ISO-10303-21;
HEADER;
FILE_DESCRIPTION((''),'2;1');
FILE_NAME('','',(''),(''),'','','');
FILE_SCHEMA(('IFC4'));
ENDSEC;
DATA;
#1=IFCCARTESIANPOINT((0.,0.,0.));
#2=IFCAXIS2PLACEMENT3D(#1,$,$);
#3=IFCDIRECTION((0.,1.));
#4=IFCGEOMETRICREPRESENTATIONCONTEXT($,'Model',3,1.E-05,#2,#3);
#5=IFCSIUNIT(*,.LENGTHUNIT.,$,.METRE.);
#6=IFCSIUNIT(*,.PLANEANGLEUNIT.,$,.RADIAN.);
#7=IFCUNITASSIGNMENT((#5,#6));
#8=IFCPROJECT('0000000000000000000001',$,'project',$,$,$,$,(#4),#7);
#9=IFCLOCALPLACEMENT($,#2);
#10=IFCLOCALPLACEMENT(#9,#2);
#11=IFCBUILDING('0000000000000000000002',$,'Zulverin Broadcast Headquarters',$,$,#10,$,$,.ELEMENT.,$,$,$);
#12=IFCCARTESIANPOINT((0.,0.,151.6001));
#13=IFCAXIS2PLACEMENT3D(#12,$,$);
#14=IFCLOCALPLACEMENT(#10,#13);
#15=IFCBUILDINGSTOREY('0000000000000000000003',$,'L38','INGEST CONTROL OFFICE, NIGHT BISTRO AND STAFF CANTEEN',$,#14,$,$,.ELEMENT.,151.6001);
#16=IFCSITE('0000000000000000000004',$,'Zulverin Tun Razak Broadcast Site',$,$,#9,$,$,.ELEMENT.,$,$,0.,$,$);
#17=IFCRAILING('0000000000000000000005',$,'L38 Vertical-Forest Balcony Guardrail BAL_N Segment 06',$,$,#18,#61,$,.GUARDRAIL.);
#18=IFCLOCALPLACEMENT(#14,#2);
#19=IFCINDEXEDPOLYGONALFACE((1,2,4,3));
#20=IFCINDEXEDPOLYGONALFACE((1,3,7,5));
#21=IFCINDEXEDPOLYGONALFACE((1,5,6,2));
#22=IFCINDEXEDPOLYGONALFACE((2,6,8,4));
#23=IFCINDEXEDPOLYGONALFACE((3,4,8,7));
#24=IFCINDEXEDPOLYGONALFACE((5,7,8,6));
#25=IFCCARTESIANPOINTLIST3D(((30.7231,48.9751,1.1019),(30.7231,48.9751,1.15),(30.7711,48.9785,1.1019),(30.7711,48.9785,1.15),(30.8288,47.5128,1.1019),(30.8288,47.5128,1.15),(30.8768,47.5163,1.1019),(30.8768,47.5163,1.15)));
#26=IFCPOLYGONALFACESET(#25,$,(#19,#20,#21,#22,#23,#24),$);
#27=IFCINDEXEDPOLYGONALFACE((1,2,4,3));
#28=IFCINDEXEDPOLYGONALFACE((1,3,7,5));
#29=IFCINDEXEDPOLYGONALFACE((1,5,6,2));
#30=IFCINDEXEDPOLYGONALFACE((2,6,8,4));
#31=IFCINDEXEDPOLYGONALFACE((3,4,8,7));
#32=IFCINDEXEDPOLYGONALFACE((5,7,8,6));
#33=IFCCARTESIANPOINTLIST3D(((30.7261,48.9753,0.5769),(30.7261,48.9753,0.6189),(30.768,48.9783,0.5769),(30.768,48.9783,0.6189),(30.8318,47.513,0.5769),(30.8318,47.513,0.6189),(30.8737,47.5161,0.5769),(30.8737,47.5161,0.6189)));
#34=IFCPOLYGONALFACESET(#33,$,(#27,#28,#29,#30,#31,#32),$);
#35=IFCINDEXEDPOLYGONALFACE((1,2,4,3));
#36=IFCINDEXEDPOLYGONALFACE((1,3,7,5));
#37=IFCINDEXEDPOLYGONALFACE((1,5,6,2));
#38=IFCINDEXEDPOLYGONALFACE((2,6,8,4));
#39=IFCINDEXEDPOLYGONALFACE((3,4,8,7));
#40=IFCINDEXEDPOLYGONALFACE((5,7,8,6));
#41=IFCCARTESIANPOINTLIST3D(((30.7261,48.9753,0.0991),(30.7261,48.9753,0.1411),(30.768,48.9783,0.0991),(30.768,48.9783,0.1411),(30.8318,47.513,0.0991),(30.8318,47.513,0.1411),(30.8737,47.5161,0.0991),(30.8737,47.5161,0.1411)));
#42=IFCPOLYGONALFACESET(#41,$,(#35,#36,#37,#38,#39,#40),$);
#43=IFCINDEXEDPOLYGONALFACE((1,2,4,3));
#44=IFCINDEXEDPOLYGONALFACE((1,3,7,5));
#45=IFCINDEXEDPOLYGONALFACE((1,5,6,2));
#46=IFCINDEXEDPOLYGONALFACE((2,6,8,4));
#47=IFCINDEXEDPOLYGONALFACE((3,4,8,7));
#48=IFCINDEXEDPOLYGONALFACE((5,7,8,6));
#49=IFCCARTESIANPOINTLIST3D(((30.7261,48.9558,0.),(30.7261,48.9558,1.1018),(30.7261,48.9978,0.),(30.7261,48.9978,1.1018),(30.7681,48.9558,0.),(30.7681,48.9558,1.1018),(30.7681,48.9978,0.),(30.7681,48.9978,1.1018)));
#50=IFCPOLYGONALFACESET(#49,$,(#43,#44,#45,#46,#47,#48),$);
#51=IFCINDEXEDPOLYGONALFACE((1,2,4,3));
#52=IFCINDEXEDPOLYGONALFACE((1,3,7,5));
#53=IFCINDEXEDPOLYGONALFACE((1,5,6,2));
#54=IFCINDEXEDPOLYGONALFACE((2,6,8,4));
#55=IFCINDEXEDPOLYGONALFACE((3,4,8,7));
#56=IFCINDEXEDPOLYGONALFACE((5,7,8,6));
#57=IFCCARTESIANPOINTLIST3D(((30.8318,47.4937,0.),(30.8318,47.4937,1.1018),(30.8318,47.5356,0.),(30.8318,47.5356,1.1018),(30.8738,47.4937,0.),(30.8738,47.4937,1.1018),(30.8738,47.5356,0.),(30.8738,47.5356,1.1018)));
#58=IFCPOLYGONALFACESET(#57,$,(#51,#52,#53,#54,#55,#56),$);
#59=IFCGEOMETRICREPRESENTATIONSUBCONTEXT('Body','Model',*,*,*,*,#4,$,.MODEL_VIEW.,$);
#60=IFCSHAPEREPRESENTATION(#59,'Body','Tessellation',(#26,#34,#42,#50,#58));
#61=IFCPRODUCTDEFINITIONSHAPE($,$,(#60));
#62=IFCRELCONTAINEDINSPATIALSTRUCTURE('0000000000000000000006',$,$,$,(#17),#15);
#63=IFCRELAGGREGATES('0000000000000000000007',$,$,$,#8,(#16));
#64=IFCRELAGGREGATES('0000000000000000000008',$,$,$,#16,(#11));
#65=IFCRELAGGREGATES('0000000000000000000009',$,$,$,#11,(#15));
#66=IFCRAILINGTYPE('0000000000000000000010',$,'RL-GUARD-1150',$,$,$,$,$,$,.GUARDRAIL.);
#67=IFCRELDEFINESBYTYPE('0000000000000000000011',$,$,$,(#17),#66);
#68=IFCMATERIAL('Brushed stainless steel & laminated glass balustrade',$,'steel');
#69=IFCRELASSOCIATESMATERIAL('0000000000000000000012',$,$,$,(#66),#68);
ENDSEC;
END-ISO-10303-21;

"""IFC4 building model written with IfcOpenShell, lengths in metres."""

from ifc_helpers import new_model, si_unit, direction, frame, origin, origin_2d, place, context, subcontext, project, spatial, rectangle, extrude, material, type_object, element, save


model = new_model("IFC4")

# Units and contexts
model_context = context("Model", 3, precision=1e-05, world=origin(), true_north=direction((0.0, 1.0)))
body_context = subcontext(model_context, "Body", "Model", "MODEL_VIEW")
ifc_project = project(units=[si_unit("LENGTHUNIT", "METRE"), si_unit("PLANEANGLEUNIT", "RADIAN")], contexts=[model_context])

# Site, building, storey
site_placement = place(None, origin())
site = spatial("IfcSite", under=ifc_project, at=site_placement, Name="Zulverin Tun Razak Broadcast Site", CompositionType="ELEMENT", RefElevation=0.0)
building_placement = place(site_placement, origin())
building = spatial("IfcBuilding", under=site, at=building_placement, Name="Zulverin Broadcast Headquarters", CompositionType="ELEMENT")
storey_placement = place(building_placement, frame((0.0, 0.0, 151.6001)))
storey = spatial("IfcBuildingStorey", under=building, at=storey_placement, Name="L38", Description="INGEST CONTROL OFFICE, NIGHT BISTRO AND STAFF CANTEEN", CompositionType="ELEMENT", Elevation=151.6001)

# Railing
ifc_material_1 = material(Name="Brushed stainless steel & laminated glass balustrade", Category="steel")
railing_type = type_object("IfcRailingType", Name="RL-GUARD-1150", PredefinedType="GUARDRAIL", material=ifc_material_1)
railing_1_placement = place(storey_placement, frame((30.7471, 48.9768, 0.0)))
element("IfcRailing", 1, at=railing_1_placement, inside=storey, type_object=railing_type, Name="L38 Vertical-Forest Balcony Guardrail BAL_N Segment 06", PredefinedType="GUARDRAIL", context=body_context, shape_type="SweptSolid", body=[
    extrude(rectangle(XDim=0.0481, YDim=0.0481, at=origin_2d()), frame((0.0, 0.0, 1.126), z_axis=(0.072111, -0.997397, 0.0), x_axis=(0.997397, 0.072111, 0.0)), (0.0, 0.0, 1.0), 1.4661),
    extrude(rectangle(XDim=0.042, YDim=0.042, at=origin_2d()), frame((0.0, 0.0, 0.5979), z_axis=(0.072111, -0.997397, 0.0), x_axis=(0.997397, 0.072111, 0.0)), (0.0, 0.0, 1.0), 1.4661),
    extrude(rectangle(XDim=0.042, YDim=0.042, at=origin_2d()), frame((0.0, 0.0, 0.1201), z_axis=(0.072111, -0.997397, 0.0), x_axis=(0.997397, 0.072111, 0.0)), (0.0, 0.0, 1.0), 1.4661),
    extrude(rectangle(XDim=0.042, YDim=0.042, at=origin_2d()), origin(), (0.0, 0.0, 1.0), 1.1018),
    extrude(rectangle(XDim=0.042, YDim=0.042, at=origin_2d()), frame((0.1057, -1.4622, 0.0)), (0.0, 0.0, 1.0), 1.1018),
])

save(model, "model.ifc")
